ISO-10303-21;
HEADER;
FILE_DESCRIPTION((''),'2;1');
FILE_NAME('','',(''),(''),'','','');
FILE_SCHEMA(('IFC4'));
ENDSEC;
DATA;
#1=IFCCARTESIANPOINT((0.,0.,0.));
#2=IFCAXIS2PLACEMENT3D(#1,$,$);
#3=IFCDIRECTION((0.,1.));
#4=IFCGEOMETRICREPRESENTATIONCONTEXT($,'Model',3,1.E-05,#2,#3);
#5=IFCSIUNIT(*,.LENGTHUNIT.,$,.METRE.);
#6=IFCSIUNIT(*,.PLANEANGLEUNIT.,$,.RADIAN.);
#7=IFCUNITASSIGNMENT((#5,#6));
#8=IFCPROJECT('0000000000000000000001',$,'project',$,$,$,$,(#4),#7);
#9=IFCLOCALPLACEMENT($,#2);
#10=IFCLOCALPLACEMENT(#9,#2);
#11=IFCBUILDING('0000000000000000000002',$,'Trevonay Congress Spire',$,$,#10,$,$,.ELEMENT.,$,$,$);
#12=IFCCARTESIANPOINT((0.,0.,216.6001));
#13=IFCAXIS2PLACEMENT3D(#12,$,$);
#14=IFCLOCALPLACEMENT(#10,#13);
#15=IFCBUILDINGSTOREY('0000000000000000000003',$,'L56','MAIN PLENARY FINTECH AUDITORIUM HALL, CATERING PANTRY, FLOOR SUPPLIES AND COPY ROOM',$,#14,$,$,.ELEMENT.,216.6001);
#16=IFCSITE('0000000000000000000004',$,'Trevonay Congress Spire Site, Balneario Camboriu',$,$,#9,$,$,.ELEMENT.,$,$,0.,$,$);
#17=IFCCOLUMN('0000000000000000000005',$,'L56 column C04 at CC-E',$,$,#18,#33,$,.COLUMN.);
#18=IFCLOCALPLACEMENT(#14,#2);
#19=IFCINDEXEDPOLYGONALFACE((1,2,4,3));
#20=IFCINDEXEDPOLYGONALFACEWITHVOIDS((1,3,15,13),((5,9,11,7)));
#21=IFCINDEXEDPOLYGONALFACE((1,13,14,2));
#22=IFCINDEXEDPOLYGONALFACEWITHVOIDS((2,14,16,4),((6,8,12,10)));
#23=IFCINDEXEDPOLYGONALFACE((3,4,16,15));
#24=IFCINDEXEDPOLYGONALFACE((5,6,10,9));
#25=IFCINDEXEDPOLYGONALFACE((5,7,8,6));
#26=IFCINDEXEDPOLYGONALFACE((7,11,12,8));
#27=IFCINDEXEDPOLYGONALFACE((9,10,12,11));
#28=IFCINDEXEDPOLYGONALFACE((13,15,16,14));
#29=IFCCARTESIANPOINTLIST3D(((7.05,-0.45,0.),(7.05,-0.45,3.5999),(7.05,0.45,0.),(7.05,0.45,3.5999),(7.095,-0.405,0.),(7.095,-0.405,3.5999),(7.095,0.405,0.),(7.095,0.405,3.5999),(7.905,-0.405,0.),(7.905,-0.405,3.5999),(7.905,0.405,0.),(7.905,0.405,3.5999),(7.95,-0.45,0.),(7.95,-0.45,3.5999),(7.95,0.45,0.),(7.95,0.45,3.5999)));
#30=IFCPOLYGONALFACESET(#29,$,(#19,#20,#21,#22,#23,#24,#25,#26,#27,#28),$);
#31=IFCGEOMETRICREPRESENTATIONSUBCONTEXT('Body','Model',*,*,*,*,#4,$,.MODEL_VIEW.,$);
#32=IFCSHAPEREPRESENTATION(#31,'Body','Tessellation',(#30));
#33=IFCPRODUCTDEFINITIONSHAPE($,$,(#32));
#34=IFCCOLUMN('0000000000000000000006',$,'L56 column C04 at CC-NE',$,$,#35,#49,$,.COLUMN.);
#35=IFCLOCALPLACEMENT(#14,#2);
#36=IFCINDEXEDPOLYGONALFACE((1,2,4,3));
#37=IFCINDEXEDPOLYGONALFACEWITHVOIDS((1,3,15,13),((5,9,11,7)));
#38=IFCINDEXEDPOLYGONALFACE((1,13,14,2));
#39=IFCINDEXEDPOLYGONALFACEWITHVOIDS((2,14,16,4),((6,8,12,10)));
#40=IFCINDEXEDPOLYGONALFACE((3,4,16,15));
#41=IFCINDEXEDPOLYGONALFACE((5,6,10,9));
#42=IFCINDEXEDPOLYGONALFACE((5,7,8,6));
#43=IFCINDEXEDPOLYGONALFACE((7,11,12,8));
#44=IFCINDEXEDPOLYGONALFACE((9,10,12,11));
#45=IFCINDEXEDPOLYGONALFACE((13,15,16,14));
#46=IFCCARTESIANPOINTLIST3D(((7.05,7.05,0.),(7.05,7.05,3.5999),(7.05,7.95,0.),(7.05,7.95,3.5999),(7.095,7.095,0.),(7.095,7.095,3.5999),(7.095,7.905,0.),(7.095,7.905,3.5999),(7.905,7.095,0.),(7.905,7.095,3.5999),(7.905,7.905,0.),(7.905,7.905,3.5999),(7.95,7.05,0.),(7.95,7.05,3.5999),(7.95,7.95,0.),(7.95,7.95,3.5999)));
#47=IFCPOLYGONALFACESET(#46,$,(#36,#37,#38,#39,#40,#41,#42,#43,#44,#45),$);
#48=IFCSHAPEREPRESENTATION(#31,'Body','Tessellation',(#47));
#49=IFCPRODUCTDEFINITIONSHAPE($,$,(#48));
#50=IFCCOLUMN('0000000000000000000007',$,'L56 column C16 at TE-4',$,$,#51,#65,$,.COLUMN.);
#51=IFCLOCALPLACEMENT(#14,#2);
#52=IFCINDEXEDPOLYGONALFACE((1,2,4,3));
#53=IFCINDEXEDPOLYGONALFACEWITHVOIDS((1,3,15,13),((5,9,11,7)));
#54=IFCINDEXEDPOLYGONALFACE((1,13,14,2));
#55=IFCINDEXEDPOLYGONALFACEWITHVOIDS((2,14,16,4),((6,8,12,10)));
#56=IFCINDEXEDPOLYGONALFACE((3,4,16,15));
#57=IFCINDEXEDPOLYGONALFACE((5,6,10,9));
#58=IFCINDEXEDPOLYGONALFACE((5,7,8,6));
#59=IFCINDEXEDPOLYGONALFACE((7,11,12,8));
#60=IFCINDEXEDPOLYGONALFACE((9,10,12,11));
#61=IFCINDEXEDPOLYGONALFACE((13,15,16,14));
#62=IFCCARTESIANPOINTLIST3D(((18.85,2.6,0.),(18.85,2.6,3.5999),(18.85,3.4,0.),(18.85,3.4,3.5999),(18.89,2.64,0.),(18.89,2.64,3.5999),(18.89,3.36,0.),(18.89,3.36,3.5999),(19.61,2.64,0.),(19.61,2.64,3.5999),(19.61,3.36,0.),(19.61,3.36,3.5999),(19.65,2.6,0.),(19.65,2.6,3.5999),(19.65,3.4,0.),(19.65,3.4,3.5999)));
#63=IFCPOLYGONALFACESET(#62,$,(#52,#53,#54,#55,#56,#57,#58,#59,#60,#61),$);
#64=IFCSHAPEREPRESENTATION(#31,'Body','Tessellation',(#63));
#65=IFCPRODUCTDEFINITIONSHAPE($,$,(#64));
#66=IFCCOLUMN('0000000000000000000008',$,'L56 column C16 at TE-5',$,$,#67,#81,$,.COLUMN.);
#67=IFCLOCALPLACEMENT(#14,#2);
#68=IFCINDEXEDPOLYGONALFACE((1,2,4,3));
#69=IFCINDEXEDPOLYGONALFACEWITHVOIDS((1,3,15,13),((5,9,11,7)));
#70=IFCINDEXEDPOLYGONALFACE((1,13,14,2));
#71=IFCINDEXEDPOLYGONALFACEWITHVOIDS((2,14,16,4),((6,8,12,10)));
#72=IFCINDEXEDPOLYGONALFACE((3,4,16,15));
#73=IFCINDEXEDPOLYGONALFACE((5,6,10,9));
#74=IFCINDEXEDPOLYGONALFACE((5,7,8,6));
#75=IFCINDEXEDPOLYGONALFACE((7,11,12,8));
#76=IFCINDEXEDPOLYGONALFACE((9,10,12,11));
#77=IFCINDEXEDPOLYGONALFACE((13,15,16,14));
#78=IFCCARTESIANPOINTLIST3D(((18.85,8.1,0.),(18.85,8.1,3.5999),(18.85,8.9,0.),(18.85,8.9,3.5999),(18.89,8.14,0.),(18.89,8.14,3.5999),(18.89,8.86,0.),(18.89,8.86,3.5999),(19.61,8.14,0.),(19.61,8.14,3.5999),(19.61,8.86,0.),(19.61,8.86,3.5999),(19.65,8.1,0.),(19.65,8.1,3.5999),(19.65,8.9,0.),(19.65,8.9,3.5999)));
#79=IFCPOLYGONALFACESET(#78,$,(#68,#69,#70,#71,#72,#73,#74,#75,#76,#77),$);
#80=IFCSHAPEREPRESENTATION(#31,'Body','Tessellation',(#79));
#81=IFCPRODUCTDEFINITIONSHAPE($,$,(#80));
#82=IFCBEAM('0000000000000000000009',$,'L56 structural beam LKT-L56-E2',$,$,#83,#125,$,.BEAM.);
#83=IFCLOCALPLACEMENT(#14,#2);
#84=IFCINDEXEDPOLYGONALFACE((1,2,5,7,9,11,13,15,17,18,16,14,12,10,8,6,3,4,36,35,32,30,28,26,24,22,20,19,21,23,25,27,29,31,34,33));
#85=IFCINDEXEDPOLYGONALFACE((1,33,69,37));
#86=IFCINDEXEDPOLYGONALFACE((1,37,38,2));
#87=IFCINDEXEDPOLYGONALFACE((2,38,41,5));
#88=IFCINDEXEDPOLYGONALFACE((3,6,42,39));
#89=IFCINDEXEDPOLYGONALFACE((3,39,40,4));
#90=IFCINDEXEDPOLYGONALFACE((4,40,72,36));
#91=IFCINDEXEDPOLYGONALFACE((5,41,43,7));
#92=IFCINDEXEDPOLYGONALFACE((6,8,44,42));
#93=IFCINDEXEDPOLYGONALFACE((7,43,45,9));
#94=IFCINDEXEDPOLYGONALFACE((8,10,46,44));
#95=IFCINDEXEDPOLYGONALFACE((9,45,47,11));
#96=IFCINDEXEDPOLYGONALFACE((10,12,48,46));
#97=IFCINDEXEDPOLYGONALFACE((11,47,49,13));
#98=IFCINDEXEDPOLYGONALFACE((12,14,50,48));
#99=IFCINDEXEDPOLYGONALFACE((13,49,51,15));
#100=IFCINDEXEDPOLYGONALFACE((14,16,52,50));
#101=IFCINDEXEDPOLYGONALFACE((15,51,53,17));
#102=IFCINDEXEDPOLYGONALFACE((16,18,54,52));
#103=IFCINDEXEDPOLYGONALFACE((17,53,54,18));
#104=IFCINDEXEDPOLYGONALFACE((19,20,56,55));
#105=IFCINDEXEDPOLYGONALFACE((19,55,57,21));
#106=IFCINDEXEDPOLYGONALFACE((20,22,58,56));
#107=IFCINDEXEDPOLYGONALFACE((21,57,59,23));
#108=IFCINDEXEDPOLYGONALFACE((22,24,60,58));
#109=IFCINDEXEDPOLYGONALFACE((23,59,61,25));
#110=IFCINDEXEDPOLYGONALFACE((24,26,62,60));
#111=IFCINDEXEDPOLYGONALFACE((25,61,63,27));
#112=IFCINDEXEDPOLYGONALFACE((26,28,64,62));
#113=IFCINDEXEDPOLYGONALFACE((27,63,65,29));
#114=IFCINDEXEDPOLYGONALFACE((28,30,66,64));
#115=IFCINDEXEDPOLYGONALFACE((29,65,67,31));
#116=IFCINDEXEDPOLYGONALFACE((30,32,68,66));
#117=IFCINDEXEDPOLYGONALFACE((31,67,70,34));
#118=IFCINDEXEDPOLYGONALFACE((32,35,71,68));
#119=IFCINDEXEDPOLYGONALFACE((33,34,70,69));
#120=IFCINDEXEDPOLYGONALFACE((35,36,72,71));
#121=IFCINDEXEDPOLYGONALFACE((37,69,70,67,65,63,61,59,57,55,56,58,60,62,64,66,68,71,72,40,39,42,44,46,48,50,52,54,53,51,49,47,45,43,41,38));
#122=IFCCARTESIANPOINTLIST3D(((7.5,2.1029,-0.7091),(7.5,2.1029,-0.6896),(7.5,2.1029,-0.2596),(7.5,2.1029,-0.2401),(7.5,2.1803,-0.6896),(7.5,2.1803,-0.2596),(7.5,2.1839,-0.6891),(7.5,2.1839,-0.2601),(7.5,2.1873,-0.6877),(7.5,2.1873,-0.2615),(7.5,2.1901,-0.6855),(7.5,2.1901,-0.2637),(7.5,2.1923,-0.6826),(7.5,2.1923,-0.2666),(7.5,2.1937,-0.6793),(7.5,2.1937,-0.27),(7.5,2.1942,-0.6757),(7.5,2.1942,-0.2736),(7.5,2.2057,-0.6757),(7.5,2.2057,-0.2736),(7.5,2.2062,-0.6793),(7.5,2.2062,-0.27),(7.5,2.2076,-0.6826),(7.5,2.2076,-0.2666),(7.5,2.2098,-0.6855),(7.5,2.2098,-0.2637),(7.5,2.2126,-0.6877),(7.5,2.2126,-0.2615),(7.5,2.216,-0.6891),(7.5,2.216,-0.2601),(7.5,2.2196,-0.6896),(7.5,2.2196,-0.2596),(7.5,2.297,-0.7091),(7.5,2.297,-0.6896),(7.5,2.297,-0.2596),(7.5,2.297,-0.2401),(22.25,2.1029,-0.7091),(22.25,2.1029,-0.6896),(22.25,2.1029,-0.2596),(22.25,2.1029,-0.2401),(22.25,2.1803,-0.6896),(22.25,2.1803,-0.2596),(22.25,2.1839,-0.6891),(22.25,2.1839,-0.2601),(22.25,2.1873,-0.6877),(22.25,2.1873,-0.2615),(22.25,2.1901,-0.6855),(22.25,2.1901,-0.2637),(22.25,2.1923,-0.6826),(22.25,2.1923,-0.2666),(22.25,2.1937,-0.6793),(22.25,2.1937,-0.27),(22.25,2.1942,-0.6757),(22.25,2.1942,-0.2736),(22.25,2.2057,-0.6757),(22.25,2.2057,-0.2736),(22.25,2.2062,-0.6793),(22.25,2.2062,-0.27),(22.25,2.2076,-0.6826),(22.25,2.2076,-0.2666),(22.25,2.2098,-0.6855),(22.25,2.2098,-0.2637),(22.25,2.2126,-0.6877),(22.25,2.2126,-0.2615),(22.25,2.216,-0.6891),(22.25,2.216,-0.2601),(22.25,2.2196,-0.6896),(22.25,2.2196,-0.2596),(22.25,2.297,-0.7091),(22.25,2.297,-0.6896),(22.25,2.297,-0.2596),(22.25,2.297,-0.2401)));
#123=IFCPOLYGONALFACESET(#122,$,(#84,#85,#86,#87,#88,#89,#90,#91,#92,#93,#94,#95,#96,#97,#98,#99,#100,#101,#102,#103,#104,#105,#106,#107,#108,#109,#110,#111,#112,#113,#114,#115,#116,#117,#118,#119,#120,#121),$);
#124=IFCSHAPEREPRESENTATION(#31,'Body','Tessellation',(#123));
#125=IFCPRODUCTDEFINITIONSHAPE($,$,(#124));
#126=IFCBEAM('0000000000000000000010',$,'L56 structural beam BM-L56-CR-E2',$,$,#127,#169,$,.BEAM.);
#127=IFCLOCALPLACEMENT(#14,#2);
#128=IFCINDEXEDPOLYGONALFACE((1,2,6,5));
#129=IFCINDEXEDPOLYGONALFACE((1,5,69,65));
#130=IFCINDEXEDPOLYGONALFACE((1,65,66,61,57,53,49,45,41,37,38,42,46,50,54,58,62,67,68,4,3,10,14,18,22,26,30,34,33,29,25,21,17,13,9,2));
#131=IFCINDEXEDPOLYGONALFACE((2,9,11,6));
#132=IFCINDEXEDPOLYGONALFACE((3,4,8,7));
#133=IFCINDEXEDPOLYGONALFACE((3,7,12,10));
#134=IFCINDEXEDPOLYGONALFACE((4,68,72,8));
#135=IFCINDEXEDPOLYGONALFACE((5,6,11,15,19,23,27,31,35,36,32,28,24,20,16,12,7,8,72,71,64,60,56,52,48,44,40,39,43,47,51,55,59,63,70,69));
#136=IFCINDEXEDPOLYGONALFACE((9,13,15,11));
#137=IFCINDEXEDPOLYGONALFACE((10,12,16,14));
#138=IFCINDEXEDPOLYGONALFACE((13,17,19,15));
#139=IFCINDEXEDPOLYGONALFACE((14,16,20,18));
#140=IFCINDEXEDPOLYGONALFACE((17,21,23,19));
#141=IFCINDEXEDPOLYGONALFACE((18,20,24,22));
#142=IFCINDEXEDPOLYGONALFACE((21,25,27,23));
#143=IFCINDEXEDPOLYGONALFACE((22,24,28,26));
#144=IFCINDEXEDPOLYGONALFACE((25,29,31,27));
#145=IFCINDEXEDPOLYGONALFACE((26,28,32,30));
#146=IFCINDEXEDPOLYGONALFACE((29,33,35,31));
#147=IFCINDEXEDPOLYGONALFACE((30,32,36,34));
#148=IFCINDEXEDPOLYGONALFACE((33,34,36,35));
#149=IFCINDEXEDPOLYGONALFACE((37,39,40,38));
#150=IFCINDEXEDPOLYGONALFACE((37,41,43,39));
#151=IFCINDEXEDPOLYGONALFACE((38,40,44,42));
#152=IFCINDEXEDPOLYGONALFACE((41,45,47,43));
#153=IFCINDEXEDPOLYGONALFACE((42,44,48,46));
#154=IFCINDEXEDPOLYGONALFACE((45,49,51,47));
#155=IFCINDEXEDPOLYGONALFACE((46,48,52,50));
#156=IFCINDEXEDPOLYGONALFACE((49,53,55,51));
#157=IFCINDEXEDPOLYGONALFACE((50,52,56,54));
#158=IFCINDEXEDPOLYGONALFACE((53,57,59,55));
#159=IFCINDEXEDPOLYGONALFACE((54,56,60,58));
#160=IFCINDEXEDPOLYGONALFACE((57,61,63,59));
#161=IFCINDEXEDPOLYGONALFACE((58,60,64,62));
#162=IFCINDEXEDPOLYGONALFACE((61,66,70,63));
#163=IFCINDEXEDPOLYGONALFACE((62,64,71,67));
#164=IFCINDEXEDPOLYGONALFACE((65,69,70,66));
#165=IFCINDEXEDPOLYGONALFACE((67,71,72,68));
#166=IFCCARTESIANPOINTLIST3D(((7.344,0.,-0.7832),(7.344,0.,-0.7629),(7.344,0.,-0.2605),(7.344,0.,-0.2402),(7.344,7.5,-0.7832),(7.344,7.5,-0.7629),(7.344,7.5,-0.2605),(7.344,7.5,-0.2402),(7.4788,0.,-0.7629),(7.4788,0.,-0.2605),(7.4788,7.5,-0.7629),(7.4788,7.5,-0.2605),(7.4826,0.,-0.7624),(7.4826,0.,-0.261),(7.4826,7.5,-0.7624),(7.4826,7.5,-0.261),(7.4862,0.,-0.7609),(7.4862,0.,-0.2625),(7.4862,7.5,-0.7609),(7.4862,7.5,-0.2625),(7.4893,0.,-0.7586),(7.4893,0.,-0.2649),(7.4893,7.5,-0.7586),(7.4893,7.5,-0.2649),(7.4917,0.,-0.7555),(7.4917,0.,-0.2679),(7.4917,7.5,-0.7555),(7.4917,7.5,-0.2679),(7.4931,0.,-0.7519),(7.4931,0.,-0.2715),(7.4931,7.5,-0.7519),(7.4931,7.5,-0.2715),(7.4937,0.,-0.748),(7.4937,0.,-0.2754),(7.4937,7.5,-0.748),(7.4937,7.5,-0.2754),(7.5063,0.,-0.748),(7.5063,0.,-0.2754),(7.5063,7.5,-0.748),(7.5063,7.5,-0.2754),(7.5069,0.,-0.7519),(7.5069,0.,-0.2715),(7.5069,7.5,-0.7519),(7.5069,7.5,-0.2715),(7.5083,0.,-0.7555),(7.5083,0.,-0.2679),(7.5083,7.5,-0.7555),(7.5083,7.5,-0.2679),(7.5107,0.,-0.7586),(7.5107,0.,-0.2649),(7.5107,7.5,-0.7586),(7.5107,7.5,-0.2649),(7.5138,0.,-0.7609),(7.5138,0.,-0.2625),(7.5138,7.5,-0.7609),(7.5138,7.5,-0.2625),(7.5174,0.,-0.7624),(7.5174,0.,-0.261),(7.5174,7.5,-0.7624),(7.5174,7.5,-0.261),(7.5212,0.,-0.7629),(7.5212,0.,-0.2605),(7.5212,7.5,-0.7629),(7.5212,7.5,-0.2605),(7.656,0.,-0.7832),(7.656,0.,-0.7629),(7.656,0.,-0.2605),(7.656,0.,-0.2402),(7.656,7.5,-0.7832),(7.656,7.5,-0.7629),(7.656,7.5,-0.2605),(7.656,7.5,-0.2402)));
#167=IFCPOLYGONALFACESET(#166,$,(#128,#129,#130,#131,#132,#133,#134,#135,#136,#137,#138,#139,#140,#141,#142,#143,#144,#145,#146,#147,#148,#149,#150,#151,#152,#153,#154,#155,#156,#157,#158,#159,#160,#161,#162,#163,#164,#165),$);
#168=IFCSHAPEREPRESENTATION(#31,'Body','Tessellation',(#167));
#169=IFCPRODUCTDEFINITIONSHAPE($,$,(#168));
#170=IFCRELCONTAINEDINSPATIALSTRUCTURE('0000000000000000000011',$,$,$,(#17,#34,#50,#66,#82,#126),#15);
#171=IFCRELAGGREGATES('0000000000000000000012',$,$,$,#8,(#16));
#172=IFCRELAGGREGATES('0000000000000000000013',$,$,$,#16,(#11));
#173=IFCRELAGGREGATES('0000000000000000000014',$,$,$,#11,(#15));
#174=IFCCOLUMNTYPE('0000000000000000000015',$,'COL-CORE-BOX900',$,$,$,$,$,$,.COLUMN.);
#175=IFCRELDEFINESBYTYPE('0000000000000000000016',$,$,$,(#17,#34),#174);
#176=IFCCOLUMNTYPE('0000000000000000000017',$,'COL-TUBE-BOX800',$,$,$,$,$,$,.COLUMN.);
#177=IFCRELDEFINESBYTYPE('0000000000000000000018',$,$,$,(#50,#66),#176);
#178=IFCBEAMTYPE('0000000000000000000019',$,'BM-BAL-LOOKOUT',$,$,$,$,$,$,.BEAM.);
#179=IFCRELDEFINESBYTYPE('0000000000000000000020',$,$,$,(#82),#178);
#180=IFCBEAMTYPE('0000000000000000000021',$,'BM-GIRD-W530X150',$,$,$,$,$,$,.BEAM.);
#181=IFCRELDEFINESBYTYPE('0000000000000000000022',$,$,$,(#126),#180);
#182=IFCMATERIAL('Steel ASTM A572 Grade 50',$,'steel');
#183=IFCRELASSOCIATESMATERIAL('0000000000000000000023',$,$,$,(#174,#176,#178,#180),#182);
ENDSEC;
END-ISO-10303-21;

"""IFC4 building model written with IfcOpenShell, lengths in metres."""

from ifc_helpers import new_model, si_unit, direction, frame, origin, origin_2d, place, context, subcontext, project, spatial, hollow_rectangle, i_section, extrude, material, material_profile, profile_set, type_object, element, save


model = new_model("IFC4")

# Units and contexts
model_context = context("Model", 3, precision=1e-05, world=origin(), true_north=direction((0.0, 1.0)))
body_context = subcontext(model_context, "Body", "Model", "MODEL_VIEW")
ifc_project = project(units=[si_unit("LENGTHUNIT", "METRE"), si_unit("PLANEANGLEUNIT", "RADIAN")], contexts=[model_context])

# Site, building, storey
site_placement = place(None, origin())
site = spatial("IfcSite", under=ifc_project, at=site_placement, Name="Trevonay Congress Spire Site, Balneario Camboriu", CompositionType="ELEMENT", RefElevation=0.0)
building_placement = place(site_placement, origin())
building = spatial("IfcBuilding", under=site, at=building_placement, Name="Trevonay Congress Spire", CompositionType="ELEMENT")
storey_placement = place(building_placement, frame((0.0, 0.0, 216.6001)))
storey = spatial("IfcBuildingStorey", under=building, at=storey_placement, Name="L56", Description="MAIN PLENARY FINTECH AUDITORIUM HALL, CATERING PANTRY, FLOOR SUPPLIES AND COPY ROOM", CompositionType="ELEMENT", Elevation=216.6001)

# Columns
ifc_material_1 = material(Name="Steel ASTM A572 Grade 50", Category="steel")
ifc_material_profile_1 = material_profile(ifc_material_1, hollow_rectangle(XDim=0.8999, YDim=0.8999, WallThickness=0.0449, at=origin_2d()), Name="BOX 900x900x45")
ifc_profile_set_1 = profile_set([ifc_material_profile_1], Name="Steel ASTM A572 Grade 50")
column_type_1 = type_object("IfcColumnType", Name="COL-CORE-BOX900", PredefinedType="COLUMN", material=ifc_profile_set_1)
for number, where, z_axis, x_axis, name in (
    (1, (7.5, 0.0, 0.0), (0.0, 0.0, 1.0), (1.0, 0.0, 0.0), "L56 column C04 at CC-E"),
    (2, (7.5, 7.5, 0.0), (0.0, 0.0, 1.0), (1.0, 0.0, 0.0), "L56 column C04 at CC-NE"),
):
    element("IfcColumn", number, at=place(storey_placement, frame(where, z_axis=z_axis, x_axis=x_axis)), inside=storey, type_object=column_type_1, Name=name, PredefinedType="COLUMN", context=body_context, shape_type="SweptSolid", body=[
        extrude(hollow_rectangle(XDim=0.8999, YDim=0.8999, WallThickness=0.0449, at=origin_2d()), origin(), (0.0, 0.0, 1.0), 3.5999),
    ])
ifc_material_profile_2 = material_profile(ifc_material_1, hollow_rectangle(XDim=0.8, YDim=0.8, WallThickness=0.04, at=origin_2d()), Name="BOX 800x800x40")
ifc_profile_set_2 = profile_set([ifc_material_profile_2], Name="Steel ASTM A572 Grade 50")
column_type_2 = type_object("IfcColumnType", Name="COL-TUBE-BOX800", PredefinedType="COLUMN", material=ifc_profile_set_2)
for number, where, z_axis, x_axis, name in (
    (3, (19.25, 3.0, 0.0), (0.0, 0.0, 1.0), (1.0, 0.0, 0.0), "L56 column C16 at TE-4"),
    (4, (19.25, 8.5, 0.0), (0.0, 0.0, 1.0), (1.0, 0.0, 0.0), "L56 column C16 at TE-5"),
):
    element("IfcColumn", number, at=place(storey_placement, frame(where, z_axis=z_axis, x_axis=x_axis)), inside=storey, type_object=column_type_2, Name=name, PredefinedType="COLUMN", context=body_context, shape_type="SweptSolid", body=[
        extrude(hollow_rectangle(XDim=0.8, YDim=0.8, WallThickness=0.04, at=origin_2d()), origin(), (0.0, 0.0, 1.0), 3.5999),
    ])

# Beams
ifc_material_profile_3 = material_profile(ifc_material_1, i_section(OverallWidth=0.1941, OverallDepth=0.469, WebThickness=0.0115, FlangeThickness=0.0195, FilletRadius=0.0139, at=origin_2d()), Name="W460x106")
ifc_profile_set_3 = profile_set([ifc_material_profile_3], Name="Steel ASTM A572 Grade 50")
beam_type_1 = type_object("IfcBeamType", Name="BM-BAL-LOOKOUT", PredefinedType="BEAM", material=ifc_profile_set_3)
beam_1_placement = place(storey_placement, frame((7.5, 2.2, -0.4746), z_axis=(1.0, 0.0, 0.0), x_axis=(0.0, 1.0, 0.0)))
element("IfcBeam", 5, at=beam_1_placement, inside=storey, type_object=beam_type_1, Name="L56 structural beam LKT-L56-E2", PredefinedType="BEAM", context=body_context, shape_type="SweptSolid", body=[
    extrude(i_section(OverallWidth=0.1941, OverallDepth=0.469, WebThickness=0.0115, FlangeThickness=0.0195, FilletRadius=0.0139, at=origin_2d()), origin(), (0.0, 0.0, 1.0), 14.75),
])
ifc_material_profile_4 = material_profile(ifc_material_1, i_section(OverallWidth=0.312, OverallDepth=0.543, WebThickness=0.0127, FlangeThickness=0.0203, FilletRadius=0.0149, at=origin_2d()), Name="W530x150")
ifc_profile_set_4 = profile_set([ifc_material_profile_4], Name="Steel ASTM A572 Grade 50")
beam_type_2 = type_object("IfcBeamType", Name="BM-GIRD-W530X150", PredefinedType="BEAM", material=ifc_profile_set_4)
beam_2_placement = place(storey_placement, frame((7.5, 0.0, -0.5117), z_axis=(0.0, 1.0, 0.0), x_axis=(-1.0, 0.0, 0.0)))
element("IfcBeam", 6, at=beam_2_placement, inside=storey, type_object=beam_type_2, Name="L56 structural beam BM-L56-CR-E2", PredefinedType="BEAM", context=body_context, shape_type="SweptSolid", body=[
    extrude(i_section(OverallWidth=0.312, OverallDepth=0.543, WebThickness=0.0127, FlangeThickness=0.0203, FilletRadius=0.0149, at=origin_2d()), origin(), (0.0, 0.0, 1.0), 7.5),
])

save(model, "model.ifc")
